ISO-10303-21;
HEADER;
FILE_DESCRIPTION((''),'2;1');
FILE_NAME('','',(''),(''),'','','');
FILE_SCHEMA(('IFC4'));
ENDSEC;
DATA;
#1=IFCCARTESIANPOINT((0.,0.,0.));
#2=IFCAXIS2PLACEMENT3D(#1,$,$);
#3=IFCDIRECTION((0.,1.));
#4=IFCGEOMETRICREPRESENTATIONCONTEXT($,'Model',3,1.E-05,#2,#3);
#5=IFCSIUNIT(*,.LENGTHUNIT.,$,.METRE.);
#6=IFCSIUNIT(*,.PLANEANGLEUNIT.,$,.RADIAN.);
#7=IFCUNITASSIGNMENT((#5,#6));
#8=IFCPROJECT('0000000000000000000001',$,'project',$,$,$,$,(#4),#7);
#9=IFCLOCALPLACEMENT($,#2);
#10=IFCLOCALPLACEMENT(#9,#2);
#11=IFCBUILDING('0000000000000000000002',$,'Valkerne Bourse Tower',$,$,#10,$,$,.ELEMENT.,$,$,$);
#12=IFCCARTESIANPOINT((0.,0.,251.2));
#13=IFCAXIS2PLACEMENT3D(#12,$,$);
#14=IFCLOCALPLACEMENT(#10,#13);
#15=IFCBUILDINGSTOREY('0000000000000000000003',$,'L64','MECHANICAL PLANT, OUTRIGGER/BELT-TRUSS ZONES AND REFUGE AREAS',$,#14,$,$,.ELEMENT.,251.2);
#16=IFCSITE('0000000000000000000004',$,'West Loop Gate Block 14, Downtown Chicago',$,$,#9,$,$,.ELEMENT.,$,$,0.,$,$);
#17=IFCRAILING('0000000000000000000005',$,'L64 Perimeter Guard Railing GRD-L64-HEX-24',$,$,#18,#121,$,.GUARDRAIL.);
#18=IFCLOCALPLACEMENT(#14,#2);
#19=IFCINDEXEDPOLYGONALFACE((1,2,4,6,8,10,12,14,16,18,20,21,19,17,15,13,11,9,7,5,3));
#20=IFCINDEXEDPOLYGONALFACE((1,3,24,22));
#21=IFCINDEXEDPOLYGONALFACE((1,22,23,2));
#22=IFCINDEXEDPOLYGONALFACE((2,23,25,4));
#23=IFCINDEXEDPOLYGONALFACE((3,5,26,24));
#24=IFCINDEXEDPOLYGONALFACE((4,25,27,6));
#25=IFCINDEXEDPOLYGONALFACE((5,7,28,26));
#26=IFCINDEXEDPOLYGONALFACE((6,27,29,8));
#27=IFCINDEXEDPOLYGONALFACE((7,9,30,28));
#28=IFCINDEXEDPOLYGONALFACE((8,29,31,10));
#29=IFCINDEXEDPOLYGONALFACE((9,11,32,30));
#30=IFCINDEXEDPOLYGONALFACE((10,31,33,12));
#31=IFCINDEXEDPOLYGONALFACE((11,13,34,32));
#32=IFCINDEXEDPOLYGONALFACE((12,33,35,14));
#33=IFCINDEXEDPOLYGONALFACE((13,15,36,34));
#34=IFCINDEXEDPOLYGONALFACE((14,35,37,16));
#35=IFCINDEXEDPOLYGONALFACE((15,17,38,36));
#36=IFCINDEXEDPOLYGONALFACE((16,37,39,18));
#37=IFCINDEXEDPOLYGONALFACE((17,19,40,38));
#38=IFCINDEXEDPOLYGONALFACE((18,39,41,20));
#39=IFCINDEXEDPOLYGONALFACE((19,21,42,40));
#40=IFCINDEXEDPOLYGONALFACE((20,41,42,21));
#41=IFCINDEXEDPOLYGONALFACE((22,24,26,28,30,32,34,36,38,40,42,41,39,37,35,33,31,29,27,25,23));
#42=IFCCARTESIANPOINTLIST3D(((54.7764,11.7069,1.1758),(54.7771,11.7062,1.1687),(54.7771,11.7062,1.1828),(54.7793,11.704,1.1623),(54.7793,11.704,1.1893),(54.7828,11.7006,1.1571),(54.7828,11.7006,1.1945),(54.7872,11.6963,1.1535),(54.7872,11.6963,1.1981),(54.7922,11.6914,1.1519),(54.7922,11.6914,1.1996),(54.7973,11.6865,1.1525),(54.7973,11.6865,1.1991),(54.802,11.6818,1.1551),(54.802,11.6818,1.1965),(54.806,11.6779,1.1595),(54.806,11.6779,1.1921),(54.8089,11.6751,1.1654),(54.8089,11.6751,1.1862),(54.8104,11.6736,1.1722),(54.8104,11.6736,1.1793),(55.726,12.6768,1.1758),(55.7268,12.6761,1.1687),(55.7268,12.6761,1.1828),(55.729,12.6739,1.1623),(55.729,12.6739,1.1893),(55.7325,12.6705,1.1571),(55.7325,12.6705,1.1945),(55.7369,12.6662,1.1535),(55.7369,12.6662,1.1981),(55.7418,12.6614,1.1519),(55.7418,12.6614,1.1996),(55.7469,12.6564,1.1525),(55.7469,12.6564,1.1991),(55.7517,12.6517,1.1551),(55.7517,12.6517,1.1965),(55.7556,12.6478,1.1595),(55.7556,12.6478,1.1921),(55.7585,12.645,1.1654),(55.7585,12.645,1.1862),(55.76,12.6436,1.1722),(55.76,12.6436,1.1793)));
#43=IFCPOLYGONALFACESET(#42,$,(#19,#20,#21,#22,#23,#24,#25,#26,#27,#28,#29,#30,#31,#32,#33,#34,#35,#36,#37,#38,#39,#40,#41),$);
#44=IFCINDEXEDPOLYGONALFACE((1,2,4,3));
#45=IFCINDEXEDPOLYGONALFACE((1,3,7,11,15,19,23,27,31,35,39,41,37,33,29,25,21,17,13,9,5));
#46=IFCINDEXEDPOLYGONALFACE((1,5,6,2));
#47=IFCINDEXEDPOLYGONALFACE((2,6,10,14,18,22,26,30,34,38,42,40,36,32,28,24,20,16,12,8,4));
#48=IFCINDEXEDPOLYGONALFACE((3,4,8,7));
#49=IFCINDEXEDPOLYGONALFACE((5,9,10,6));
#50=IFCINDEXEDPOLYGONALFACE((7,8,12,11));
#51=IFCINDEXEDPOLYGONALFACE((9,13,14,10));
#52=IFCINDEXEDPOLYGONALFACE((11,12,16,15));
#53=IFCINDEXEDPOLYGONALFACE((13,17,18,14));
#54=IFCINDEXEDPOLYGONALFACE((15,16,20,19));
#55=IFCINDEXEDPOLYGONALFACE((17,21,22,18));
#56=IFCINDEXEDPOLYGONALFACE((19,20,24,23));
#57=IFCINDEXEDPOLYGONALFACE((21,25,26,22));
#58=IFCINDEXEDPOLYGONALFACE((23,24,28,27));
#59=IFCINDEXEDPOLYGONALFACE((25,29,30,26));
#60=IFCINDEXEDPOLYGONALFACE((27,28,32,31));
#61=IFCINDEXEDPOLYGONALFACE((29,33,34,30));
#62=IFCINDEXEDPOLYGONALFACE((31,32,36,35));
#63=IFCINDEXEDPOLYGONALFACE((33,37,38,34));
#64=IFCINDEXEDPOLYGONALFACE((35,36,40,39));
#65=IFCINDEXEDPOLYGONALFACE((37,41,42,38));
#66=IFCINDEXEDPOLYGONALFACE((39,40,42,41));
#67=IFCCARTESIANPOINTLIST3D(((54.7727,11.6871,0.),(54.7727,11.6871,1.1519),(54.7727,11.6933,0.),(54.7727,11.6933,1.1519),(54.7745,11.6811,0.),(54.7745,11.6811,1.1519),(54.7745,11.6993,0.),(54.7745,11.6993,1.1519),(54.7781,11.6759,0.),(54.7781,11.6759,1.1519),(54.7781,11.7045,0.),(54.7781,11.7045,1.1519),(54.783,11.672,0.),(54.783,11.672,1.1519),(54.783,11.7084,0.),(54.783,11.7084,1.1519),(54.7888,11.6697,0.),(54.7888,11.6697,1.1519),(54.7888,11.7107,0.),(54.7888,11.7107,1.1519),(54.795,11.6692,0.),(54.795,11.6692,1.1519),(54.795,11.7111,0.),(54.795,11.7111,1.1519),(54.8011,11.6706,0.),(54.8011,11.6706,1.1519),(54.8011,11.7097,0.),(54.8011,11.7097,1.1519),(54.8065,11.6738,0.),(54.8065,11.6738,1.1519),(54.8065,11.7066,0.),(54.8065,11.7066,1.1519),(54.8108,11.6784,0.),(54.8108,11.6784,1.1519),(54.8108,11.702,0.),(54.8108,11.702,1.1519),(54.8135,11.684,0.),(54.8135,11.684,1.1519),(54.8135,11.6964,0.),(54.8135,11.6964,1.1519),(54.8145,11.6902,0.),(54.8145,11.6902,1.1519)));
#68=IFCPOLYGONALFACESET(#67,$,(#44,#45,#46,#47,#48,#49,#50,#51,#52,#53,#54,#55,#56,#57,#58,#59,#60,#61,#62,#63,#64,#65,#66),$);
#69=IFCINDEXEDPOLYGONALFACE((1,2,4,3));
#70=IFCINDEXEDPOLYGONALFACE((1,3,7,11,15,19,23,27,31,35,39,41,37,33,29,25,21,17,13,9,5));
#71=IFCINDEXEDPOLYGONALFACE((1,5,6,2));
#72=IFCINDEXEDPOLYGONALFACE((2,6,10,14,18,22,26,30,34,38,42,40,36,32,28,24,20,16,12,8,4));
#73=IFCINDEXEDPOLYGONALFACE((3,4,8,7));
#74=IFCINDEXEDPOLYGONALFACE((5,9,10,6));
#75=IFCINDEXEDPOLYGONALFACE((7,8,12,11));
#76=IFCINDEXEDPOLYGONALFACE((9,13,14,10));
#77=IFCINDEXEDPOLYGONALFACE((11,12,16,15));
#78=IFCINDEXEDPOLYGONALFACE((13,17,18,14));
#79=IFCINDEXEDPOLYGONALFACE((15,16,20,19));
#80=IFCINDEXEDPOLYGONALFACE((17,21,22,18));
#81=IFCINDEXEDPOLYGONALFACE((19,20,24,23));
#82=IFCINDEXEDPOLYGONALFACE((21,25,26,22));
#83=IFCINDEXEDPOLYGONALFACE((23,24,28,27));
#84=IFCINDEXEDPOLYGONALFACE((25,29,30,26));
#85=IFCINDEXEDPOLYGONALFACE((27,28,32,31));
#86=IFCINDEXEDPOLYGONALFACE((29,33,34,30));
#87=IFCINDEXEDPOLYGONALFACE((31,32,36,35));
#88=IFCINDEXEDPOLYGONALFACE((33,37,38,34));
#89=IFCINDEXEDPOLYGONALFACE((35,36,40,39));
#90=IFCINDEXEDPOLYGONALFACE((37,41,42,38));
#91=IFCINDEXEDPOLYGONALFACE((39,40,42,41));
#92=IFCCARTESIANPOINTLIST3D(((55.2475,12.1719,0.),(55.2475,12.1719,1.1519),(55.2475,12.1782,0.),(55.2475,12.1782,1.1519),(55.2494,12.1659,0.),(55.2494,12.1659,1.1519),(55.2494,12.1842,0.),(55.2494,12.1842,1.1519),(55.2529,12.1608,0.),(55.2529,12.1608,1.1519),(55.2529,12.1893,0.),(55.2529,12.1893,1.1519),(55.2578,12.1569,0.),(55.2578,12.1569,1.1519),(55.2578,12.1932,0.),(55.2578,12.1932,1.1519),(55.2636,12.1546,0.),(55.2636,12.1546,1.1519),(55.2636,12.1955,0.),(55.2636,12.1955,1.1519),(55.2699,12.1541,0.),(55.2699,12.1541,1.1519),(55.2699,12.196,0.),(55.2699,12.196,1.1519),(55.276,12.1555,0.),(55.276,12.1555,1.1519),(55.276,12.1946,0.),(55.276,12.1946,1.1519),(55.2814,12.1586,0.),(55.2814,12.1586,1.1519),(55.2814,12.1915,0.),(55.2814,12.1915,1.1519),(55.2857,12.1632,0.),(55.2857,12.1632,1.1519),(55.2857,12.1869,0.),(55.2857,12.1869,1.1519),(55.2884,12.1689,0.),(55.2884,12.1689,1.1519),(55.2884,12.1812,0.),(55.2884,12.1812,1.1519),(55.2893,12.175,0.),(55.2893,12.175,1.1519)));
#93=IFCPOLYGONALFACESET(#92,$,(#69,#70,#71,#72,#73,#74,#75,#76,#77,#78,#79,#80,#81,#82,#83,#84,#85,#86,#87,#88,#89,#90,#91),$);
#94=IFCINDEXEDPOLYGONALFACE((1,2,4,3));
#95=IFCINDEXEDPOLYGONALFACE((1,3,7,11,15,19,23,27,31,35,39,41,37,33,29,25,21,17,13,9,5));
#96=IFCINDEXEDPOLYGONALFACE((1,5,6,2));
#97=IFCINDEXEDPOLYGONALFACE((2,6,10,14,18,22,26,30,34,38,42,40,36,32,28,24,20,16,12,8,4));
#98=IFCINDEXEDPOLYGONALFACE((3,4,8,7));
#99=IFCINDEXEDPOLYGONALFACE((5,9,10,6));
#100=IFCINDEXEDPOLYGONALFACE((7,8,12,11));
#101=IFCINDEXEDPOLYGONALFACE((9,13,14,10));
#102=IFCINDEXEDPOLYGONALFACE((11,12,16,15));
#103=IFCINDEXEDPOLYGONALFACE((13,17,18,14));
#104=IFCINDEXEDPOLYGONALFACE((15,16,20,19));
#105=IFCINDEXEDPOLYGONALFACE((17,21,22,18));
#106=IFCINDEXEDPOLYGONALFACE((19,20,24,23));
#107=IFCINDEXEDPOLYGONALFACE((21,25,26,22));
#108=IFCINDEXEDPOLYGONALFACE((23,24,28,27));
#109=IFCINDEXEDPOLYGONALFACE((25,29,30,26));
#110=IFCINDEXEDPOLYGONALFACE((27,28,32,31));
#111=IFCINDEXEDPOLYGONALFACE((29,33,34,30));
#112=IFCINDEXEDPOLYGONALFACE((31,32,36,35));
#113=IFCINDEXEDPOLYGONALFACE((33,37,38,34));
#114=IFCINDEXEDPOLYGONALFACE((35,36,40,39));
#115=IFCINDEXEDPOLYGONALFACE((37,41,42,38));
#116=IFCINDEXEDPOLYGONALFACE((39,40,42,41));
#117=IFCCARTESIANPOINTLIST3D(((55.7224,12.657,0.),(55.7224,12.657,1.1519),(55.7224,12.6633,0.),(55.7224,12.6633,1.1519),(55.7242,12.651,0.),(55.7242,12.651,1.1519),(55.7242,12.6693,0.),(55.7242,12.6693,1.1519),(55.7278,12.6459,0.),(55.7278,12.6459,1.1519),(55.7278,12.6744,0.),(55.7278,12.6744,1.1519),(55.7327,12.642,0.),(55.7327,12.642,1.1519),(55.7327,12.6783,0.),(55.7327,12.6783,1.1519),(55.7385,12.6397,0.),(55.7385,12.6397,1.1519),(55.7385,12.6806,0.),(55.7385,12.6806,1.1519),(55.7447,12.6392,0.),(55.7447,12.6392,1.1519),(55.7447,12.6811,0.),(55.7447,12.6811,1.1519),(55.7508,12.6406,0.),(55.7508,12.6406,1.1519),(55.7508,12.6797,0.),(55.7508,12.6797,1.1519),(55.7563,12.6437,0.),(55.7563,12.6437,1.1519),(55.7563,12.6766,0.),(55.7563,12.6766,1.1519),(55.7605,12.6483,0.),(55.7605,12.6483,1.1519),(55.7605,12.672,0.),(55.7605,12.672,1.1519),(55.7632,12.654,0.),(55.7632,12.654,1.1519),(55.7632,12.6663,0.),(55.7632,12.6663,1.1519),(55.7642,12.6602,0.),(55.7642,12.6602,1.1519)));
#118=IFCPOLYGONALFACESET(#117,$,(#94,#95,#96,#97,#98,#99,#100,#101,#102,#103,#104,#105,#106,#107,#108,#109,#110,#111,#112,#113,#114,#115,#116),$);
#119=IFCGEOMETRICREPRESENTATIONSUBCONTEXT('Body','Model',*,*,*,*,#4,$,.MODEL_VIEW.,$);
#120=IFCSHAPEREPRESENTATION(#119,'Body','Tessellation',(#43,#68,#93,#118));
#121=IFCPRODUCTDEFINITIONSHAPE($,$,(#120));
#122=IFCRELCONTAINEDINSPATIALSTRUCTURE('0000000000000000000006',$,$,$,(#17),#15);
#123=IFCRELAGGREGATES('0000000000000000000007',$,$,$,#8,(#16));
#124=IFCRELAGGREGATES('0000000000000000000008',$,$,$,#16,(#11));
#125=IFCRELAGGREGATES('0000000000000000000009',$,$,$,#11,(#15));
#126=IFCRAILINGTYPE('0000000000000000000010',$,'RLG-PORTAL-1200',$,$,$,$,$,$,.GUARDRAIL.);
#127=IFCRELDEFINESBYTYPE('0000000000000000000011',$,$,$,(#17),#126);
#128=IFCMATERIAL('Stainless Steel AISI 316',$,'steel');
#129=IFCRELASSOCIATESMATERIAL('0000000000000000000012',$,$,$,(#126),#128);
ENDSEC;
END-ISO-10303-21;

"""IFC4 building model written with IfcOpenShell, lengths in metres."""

from ifc_helpers import new_model, si_unit, direction, frame, origin, origin_2d, place, context, subcontext, project, spatial, circle, extrude, material, type_object, element, save


model = new_model("IFC4")

# Units and contexts
model_context = context("Model", 3, precision=1e-05, world=origin(), true_north=direction((0.0, 1.0)))
body_context = subcontext(model_context, "Body", "Model", "MODEL_VIEW")
ifc_project = project(units=[si_unit("LENGTHUNIT", "METRE"), si_unit("PLANEANGLEUNIT", "RADIAN")], contexts=[model_context])

# Site, building, storey
site_placement = place(None, origin())
site = spatial("IfcSite", under=ifc_project, at=site_placement, Name="West Loop Gate Block 14, Downtown Chicago", CompositionType="ELEMENT", RefElevation=0.0)
building_placement = place(site_placement, origin())
building = spatial("IfcBuilding", under=site, at=building_placement, Name="Valkerne Bourse Tower", CompositionType="ELEMENT")
storey_placement = place(building_placement, frame((0.0, 0.0, 251.2)))
storey = spatial("IfcBuildingStorey", under=building, at=storey_placement, Name="L64", Description="MECHANICAL PLANT, OUTRIGGER/BELT-TRUSS ZONES AND REFUGE AREAS", CompositionType="ELEMENT", Elevation=251.2)

# Railing
ifc_material_1 = material(Name="Stainless Steel AISI 316", Category="steel")
railing_type_1 = type_object("IfcRailingType", Name="RLG-PORTAL-1200", PredefinedType="GUARDRAIL", material=ifc_material_1)
railing_1_placement = place(storey_placement, frame((54.7935, 11.6902, 0.0)))
element("IfcRailing", 1, at=railing_1_placement, inside=storey, type_object=railing_type_1, Name="L64 Perimeter Guard Railing GRD-L64-HEX-24", PredefinedType="GUARDRAIL", context=body_context, shape_type="SweptSolid", body=[
    extrude(circle(Radius=0.0239, at=origin_2d()), frame((0.0, 0.0, 1.1758), z_axis=(0.699604, 0.714531, 0.0), x_axis=(-0.714531, 0.699604, 0.0)), (0.0, 0.0, 1.0), 1.3574),
    extrude(circle(Radius=0.021, at=origin_2d()), origin(), (0.0, 0.0, 1.0), 1.1519),
    extrude(circle(Radius=0.021, at=origin_2d()), frame((0.4749, 0.4849, 0.0)), (0.0, 0.0, 1.0), 1.1519),
    extrude(circle(Radius=0.021, at=origin_2d()), frame((0.9497, 0.97, 0.0)), (0.0, 0.0, 1.0), 1.1519),
])

save(model, "model.ifc")
